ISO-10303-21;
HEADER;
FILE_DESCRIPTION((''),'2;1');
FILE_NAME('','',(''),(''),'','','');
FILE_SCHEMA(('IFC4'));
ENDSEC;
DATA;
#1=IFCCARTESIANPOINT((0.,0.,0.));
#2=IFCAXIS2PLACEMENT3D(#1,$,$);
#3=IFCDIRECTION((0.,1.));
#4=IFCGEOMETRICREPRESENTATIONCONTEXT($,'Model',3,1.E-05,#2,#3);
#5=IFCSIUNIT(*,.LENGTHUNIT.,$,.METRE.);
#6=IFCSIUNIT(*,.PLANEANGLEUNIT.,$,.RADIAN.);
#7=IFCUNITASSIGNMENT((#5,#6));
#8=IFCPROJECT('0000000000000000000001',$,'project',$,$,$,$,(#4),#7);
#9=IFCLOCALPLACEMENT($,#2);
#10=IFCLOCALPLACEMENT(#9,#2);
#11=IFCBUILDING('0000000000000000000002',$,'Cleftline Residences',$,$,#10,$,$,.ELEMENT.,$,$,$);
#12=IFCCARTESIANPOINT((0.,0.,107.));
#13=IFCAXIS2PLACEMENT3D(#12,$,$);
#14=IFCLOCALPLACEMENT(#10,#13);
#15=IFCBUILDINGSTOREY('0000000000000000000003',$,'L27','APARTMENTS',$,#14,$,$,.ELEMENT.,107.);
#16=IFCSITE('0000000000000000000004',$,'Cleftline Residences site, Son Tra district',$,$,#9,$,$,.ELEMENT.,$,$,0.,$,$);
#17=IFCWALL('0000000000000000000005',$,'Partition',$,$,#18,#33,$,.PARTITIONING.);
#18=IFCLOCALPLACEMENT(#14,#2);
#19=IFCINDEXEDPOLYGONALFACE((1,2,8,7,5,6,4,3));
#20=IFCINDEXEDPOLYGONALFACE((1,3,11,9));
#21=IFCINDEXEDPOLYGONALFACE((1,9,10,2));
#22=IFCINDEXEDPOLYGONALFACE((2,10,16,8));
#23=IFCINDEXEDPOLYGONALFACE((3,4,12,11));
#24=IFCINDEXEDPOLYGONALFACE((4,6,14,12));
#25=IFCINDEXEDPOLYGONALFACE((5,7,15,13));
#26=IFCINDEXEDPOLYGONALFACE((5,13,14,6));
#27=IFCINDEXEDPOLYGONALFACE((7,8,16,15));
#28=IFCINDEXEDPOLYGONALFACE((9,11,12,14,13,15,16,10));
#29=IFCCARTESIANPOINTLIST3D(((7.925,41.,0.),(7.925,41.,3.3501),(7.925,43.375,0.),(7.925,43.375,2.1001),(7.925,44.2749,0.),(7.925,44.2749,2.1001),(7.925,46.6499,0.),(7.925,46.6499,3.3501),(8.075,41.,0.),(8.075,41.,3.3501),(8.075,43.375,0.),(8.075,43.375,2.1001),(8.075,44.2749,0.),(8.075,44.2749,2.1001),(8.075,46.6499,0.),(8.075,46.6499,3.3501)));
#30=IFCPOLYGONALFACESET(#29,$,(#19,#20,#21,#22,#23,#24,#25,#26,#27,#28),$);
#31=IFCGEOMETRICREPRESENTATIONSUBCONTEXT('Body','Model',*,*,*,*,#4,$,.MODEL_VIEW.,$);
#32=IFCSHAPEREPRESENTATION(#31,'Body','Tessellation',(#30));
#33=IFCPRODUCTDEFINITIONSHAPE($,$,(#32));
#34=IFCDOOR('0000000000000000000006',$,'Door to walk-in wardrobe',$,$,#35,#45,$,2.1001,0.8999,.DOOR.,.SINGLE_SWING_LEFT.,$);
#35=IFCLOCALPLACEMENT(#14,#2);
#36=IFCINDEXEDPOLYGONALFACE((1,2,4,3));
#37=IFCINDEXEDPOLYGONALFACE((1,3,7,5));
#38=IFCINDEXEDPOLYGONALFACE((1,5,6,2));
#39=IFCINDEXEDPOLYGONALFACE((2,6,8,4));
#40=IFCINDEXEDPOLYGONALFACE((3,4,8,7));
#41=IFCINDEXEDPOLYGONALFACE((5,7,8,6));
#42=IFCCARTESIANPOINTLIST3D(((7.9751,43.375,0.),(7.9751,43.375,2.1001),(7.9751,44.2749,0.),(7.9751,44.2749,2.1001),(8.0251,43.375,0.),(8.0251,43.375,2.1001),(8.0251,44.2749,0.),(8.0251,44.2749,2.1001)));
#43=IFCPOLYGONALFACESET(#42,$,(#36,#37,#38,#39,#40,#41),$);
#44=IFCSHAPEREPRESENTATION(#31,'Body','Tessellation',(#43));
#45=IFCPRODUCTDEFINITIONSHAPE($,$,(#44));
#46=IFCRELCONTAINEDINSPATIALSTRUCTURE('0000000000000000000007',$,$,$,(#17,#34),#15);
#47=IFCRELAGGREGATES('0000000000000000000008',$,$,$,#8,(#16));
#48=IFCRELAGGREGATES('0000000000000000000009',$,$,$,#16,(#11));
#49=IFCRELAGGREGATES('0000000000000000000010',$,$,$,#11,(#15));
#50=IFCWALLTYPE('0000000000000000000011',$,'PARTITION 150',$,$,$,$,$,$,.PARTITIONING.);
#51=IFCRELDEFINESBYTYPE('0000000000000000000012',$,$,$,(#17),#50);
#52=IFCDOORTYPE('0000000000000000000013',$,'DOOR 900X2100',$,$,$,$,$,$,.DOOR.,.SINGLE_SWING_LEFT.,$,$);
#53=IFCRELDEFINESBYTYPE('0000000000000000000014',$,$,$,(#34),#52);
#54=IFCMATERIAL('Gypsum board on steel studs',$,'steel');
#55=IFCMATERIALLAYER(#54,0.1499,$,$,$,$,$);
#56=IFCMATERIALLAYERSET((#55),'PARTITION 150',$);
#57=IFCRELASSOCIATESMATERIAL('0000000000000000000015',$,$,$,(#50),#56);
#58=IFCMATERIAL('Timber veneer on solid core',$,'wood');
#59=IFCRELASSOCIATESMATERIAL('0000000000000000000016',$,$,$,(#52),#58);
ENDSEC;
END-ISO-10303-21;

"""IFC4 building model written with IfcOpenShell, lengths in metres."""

from ifc_helpers import new_model, si_unit, direction, frame, frame_2d, origin, place, context, subcontext, project, spatial, rectangle, extrude, material, layer, layer_set, type_object, element, fill, save


model = new_model("IFC4")

# Units and contexts
model_context = context("Model", 3, precision=1e-05, world=origin(), true_north=direction((0.0, 1.0)))
body_context = subcontext(model_context, "Body", "Model", "MODEL_VIEW")
ifc_project = project(units=[si_unit("LENGTHUNIT", "METRE"), si_unit("PLANEANGLEUNIT", "RADIAN")], contexts=[model_context])

# Site, building, storey
site_placement = place(None, origin())
site = spatial("IfcSite", under=ifc_project, at=site_placement, Name="Cleftline Residences site, Son Tra district", CompositionType="ELEMENT", RefElevation=0.0)
building_placement = place(site_placement, origin())
building = spatial("IfcBuilding", under=site, at=building_placement, Name="Cleftline Residences", CompositionType="ELEMENT")
storey_placement = place(building_placement, frame((0.0, 0.0, 107.0)))
storey = spatial("IfcBuildingStorey", under=building, at=storey_placement, Name="L27", Description="APARTMENTS", CompositionType="ELEMENT", Elevation=107.0)

# Wall, opening, door
ifc_material_1 = material(Name="Gypsum board on steel studs", Category="steel")
ifc_layer_1 = layer(ifc_material_1, 0.1499)
ifc_layer_set_1 = layer_set([ifc_layer_1], Name="PARTITION 150")
wall_type_1 = type_object("IfcWallType", Name="PARTITION 150", PredefinedType="PARTITIONING", material=ifc_layer_set_1)
wall_1_placement = place(storey_placement, frame((8.0, 41.0, 0.0), z_axis=(0.0, 0.0, 1.0), x_axis=(0.0, 1.0, 0.0)))
wall_1 = element("IfcWall", 1, at=wall_1_placement, inside=storey, type_object=wall_type_1, Name="Partition", PredefinedType="PARTITIONING", context=body_context, shape_type="SweptSolid", body=[
    extrude(rectangle(XDim=5.6499, YDim=0.1499, at=frame_2d((2.825, 0.0))), origin(), (0.0, 0.0, 1.0), 3.3501),
])
opening_1_placement = place(wall_1_placement, frame((2.375, 0.0, 0.0)))
opening_1 = element("IfcOpeningElement", 2, at=opening_1_placement, cuts=wall_1, PredefinedType="OPENING", context=body_context, shape_type="SweptSolid", body=[
    extrude(rectangle(XDim=0.8999, YDim=2.1001, at=frame_2d((0.45, 1.05))), frame((0.0, 0.085, 0.0), z_axis=(0.0, -1.0, 0.0), x_axis=(1.0, 0.0, 0.0)), (0.0, 0.0, 1.0), 0.1699),
])
ifc_material_2 = material(Name="Timber veneer on solid core", Category="wood")
door_type = type_object("IfcDoorType", Name="DOOR 900X2100", OperationType="SINGLE_SWING_LEFT", PredefinedType="DOOR", material=ifc_material_2)
door_placement = place(opening_1_placement, origin())
door = element("IfcDoor", 3, at=door_placement, inside=storey, type_object=door_type, Name="Door to walk-in wardrobe", OperationType="SINGLE_SWING_LEFT", OverallHeight=2.1001, OverallWidth=0.8999, PredefinedType="DOOR", context=body_context, shape_type="SweptSolid", body=[
    extrude(rectangle(XDim=0.8999, YDim=2.1001, at=frame_2d((0.45, 1.05))), frame((0.0, 0.0249, 0.0), z_axis=(0.0, -1.0, 0.0), x_axis=(1.0, 0.0, 0.0)), (0.0, 0.0, 1.0), 0.05),
])
fill(opening_1, door)

save(model, "model.ifc")
